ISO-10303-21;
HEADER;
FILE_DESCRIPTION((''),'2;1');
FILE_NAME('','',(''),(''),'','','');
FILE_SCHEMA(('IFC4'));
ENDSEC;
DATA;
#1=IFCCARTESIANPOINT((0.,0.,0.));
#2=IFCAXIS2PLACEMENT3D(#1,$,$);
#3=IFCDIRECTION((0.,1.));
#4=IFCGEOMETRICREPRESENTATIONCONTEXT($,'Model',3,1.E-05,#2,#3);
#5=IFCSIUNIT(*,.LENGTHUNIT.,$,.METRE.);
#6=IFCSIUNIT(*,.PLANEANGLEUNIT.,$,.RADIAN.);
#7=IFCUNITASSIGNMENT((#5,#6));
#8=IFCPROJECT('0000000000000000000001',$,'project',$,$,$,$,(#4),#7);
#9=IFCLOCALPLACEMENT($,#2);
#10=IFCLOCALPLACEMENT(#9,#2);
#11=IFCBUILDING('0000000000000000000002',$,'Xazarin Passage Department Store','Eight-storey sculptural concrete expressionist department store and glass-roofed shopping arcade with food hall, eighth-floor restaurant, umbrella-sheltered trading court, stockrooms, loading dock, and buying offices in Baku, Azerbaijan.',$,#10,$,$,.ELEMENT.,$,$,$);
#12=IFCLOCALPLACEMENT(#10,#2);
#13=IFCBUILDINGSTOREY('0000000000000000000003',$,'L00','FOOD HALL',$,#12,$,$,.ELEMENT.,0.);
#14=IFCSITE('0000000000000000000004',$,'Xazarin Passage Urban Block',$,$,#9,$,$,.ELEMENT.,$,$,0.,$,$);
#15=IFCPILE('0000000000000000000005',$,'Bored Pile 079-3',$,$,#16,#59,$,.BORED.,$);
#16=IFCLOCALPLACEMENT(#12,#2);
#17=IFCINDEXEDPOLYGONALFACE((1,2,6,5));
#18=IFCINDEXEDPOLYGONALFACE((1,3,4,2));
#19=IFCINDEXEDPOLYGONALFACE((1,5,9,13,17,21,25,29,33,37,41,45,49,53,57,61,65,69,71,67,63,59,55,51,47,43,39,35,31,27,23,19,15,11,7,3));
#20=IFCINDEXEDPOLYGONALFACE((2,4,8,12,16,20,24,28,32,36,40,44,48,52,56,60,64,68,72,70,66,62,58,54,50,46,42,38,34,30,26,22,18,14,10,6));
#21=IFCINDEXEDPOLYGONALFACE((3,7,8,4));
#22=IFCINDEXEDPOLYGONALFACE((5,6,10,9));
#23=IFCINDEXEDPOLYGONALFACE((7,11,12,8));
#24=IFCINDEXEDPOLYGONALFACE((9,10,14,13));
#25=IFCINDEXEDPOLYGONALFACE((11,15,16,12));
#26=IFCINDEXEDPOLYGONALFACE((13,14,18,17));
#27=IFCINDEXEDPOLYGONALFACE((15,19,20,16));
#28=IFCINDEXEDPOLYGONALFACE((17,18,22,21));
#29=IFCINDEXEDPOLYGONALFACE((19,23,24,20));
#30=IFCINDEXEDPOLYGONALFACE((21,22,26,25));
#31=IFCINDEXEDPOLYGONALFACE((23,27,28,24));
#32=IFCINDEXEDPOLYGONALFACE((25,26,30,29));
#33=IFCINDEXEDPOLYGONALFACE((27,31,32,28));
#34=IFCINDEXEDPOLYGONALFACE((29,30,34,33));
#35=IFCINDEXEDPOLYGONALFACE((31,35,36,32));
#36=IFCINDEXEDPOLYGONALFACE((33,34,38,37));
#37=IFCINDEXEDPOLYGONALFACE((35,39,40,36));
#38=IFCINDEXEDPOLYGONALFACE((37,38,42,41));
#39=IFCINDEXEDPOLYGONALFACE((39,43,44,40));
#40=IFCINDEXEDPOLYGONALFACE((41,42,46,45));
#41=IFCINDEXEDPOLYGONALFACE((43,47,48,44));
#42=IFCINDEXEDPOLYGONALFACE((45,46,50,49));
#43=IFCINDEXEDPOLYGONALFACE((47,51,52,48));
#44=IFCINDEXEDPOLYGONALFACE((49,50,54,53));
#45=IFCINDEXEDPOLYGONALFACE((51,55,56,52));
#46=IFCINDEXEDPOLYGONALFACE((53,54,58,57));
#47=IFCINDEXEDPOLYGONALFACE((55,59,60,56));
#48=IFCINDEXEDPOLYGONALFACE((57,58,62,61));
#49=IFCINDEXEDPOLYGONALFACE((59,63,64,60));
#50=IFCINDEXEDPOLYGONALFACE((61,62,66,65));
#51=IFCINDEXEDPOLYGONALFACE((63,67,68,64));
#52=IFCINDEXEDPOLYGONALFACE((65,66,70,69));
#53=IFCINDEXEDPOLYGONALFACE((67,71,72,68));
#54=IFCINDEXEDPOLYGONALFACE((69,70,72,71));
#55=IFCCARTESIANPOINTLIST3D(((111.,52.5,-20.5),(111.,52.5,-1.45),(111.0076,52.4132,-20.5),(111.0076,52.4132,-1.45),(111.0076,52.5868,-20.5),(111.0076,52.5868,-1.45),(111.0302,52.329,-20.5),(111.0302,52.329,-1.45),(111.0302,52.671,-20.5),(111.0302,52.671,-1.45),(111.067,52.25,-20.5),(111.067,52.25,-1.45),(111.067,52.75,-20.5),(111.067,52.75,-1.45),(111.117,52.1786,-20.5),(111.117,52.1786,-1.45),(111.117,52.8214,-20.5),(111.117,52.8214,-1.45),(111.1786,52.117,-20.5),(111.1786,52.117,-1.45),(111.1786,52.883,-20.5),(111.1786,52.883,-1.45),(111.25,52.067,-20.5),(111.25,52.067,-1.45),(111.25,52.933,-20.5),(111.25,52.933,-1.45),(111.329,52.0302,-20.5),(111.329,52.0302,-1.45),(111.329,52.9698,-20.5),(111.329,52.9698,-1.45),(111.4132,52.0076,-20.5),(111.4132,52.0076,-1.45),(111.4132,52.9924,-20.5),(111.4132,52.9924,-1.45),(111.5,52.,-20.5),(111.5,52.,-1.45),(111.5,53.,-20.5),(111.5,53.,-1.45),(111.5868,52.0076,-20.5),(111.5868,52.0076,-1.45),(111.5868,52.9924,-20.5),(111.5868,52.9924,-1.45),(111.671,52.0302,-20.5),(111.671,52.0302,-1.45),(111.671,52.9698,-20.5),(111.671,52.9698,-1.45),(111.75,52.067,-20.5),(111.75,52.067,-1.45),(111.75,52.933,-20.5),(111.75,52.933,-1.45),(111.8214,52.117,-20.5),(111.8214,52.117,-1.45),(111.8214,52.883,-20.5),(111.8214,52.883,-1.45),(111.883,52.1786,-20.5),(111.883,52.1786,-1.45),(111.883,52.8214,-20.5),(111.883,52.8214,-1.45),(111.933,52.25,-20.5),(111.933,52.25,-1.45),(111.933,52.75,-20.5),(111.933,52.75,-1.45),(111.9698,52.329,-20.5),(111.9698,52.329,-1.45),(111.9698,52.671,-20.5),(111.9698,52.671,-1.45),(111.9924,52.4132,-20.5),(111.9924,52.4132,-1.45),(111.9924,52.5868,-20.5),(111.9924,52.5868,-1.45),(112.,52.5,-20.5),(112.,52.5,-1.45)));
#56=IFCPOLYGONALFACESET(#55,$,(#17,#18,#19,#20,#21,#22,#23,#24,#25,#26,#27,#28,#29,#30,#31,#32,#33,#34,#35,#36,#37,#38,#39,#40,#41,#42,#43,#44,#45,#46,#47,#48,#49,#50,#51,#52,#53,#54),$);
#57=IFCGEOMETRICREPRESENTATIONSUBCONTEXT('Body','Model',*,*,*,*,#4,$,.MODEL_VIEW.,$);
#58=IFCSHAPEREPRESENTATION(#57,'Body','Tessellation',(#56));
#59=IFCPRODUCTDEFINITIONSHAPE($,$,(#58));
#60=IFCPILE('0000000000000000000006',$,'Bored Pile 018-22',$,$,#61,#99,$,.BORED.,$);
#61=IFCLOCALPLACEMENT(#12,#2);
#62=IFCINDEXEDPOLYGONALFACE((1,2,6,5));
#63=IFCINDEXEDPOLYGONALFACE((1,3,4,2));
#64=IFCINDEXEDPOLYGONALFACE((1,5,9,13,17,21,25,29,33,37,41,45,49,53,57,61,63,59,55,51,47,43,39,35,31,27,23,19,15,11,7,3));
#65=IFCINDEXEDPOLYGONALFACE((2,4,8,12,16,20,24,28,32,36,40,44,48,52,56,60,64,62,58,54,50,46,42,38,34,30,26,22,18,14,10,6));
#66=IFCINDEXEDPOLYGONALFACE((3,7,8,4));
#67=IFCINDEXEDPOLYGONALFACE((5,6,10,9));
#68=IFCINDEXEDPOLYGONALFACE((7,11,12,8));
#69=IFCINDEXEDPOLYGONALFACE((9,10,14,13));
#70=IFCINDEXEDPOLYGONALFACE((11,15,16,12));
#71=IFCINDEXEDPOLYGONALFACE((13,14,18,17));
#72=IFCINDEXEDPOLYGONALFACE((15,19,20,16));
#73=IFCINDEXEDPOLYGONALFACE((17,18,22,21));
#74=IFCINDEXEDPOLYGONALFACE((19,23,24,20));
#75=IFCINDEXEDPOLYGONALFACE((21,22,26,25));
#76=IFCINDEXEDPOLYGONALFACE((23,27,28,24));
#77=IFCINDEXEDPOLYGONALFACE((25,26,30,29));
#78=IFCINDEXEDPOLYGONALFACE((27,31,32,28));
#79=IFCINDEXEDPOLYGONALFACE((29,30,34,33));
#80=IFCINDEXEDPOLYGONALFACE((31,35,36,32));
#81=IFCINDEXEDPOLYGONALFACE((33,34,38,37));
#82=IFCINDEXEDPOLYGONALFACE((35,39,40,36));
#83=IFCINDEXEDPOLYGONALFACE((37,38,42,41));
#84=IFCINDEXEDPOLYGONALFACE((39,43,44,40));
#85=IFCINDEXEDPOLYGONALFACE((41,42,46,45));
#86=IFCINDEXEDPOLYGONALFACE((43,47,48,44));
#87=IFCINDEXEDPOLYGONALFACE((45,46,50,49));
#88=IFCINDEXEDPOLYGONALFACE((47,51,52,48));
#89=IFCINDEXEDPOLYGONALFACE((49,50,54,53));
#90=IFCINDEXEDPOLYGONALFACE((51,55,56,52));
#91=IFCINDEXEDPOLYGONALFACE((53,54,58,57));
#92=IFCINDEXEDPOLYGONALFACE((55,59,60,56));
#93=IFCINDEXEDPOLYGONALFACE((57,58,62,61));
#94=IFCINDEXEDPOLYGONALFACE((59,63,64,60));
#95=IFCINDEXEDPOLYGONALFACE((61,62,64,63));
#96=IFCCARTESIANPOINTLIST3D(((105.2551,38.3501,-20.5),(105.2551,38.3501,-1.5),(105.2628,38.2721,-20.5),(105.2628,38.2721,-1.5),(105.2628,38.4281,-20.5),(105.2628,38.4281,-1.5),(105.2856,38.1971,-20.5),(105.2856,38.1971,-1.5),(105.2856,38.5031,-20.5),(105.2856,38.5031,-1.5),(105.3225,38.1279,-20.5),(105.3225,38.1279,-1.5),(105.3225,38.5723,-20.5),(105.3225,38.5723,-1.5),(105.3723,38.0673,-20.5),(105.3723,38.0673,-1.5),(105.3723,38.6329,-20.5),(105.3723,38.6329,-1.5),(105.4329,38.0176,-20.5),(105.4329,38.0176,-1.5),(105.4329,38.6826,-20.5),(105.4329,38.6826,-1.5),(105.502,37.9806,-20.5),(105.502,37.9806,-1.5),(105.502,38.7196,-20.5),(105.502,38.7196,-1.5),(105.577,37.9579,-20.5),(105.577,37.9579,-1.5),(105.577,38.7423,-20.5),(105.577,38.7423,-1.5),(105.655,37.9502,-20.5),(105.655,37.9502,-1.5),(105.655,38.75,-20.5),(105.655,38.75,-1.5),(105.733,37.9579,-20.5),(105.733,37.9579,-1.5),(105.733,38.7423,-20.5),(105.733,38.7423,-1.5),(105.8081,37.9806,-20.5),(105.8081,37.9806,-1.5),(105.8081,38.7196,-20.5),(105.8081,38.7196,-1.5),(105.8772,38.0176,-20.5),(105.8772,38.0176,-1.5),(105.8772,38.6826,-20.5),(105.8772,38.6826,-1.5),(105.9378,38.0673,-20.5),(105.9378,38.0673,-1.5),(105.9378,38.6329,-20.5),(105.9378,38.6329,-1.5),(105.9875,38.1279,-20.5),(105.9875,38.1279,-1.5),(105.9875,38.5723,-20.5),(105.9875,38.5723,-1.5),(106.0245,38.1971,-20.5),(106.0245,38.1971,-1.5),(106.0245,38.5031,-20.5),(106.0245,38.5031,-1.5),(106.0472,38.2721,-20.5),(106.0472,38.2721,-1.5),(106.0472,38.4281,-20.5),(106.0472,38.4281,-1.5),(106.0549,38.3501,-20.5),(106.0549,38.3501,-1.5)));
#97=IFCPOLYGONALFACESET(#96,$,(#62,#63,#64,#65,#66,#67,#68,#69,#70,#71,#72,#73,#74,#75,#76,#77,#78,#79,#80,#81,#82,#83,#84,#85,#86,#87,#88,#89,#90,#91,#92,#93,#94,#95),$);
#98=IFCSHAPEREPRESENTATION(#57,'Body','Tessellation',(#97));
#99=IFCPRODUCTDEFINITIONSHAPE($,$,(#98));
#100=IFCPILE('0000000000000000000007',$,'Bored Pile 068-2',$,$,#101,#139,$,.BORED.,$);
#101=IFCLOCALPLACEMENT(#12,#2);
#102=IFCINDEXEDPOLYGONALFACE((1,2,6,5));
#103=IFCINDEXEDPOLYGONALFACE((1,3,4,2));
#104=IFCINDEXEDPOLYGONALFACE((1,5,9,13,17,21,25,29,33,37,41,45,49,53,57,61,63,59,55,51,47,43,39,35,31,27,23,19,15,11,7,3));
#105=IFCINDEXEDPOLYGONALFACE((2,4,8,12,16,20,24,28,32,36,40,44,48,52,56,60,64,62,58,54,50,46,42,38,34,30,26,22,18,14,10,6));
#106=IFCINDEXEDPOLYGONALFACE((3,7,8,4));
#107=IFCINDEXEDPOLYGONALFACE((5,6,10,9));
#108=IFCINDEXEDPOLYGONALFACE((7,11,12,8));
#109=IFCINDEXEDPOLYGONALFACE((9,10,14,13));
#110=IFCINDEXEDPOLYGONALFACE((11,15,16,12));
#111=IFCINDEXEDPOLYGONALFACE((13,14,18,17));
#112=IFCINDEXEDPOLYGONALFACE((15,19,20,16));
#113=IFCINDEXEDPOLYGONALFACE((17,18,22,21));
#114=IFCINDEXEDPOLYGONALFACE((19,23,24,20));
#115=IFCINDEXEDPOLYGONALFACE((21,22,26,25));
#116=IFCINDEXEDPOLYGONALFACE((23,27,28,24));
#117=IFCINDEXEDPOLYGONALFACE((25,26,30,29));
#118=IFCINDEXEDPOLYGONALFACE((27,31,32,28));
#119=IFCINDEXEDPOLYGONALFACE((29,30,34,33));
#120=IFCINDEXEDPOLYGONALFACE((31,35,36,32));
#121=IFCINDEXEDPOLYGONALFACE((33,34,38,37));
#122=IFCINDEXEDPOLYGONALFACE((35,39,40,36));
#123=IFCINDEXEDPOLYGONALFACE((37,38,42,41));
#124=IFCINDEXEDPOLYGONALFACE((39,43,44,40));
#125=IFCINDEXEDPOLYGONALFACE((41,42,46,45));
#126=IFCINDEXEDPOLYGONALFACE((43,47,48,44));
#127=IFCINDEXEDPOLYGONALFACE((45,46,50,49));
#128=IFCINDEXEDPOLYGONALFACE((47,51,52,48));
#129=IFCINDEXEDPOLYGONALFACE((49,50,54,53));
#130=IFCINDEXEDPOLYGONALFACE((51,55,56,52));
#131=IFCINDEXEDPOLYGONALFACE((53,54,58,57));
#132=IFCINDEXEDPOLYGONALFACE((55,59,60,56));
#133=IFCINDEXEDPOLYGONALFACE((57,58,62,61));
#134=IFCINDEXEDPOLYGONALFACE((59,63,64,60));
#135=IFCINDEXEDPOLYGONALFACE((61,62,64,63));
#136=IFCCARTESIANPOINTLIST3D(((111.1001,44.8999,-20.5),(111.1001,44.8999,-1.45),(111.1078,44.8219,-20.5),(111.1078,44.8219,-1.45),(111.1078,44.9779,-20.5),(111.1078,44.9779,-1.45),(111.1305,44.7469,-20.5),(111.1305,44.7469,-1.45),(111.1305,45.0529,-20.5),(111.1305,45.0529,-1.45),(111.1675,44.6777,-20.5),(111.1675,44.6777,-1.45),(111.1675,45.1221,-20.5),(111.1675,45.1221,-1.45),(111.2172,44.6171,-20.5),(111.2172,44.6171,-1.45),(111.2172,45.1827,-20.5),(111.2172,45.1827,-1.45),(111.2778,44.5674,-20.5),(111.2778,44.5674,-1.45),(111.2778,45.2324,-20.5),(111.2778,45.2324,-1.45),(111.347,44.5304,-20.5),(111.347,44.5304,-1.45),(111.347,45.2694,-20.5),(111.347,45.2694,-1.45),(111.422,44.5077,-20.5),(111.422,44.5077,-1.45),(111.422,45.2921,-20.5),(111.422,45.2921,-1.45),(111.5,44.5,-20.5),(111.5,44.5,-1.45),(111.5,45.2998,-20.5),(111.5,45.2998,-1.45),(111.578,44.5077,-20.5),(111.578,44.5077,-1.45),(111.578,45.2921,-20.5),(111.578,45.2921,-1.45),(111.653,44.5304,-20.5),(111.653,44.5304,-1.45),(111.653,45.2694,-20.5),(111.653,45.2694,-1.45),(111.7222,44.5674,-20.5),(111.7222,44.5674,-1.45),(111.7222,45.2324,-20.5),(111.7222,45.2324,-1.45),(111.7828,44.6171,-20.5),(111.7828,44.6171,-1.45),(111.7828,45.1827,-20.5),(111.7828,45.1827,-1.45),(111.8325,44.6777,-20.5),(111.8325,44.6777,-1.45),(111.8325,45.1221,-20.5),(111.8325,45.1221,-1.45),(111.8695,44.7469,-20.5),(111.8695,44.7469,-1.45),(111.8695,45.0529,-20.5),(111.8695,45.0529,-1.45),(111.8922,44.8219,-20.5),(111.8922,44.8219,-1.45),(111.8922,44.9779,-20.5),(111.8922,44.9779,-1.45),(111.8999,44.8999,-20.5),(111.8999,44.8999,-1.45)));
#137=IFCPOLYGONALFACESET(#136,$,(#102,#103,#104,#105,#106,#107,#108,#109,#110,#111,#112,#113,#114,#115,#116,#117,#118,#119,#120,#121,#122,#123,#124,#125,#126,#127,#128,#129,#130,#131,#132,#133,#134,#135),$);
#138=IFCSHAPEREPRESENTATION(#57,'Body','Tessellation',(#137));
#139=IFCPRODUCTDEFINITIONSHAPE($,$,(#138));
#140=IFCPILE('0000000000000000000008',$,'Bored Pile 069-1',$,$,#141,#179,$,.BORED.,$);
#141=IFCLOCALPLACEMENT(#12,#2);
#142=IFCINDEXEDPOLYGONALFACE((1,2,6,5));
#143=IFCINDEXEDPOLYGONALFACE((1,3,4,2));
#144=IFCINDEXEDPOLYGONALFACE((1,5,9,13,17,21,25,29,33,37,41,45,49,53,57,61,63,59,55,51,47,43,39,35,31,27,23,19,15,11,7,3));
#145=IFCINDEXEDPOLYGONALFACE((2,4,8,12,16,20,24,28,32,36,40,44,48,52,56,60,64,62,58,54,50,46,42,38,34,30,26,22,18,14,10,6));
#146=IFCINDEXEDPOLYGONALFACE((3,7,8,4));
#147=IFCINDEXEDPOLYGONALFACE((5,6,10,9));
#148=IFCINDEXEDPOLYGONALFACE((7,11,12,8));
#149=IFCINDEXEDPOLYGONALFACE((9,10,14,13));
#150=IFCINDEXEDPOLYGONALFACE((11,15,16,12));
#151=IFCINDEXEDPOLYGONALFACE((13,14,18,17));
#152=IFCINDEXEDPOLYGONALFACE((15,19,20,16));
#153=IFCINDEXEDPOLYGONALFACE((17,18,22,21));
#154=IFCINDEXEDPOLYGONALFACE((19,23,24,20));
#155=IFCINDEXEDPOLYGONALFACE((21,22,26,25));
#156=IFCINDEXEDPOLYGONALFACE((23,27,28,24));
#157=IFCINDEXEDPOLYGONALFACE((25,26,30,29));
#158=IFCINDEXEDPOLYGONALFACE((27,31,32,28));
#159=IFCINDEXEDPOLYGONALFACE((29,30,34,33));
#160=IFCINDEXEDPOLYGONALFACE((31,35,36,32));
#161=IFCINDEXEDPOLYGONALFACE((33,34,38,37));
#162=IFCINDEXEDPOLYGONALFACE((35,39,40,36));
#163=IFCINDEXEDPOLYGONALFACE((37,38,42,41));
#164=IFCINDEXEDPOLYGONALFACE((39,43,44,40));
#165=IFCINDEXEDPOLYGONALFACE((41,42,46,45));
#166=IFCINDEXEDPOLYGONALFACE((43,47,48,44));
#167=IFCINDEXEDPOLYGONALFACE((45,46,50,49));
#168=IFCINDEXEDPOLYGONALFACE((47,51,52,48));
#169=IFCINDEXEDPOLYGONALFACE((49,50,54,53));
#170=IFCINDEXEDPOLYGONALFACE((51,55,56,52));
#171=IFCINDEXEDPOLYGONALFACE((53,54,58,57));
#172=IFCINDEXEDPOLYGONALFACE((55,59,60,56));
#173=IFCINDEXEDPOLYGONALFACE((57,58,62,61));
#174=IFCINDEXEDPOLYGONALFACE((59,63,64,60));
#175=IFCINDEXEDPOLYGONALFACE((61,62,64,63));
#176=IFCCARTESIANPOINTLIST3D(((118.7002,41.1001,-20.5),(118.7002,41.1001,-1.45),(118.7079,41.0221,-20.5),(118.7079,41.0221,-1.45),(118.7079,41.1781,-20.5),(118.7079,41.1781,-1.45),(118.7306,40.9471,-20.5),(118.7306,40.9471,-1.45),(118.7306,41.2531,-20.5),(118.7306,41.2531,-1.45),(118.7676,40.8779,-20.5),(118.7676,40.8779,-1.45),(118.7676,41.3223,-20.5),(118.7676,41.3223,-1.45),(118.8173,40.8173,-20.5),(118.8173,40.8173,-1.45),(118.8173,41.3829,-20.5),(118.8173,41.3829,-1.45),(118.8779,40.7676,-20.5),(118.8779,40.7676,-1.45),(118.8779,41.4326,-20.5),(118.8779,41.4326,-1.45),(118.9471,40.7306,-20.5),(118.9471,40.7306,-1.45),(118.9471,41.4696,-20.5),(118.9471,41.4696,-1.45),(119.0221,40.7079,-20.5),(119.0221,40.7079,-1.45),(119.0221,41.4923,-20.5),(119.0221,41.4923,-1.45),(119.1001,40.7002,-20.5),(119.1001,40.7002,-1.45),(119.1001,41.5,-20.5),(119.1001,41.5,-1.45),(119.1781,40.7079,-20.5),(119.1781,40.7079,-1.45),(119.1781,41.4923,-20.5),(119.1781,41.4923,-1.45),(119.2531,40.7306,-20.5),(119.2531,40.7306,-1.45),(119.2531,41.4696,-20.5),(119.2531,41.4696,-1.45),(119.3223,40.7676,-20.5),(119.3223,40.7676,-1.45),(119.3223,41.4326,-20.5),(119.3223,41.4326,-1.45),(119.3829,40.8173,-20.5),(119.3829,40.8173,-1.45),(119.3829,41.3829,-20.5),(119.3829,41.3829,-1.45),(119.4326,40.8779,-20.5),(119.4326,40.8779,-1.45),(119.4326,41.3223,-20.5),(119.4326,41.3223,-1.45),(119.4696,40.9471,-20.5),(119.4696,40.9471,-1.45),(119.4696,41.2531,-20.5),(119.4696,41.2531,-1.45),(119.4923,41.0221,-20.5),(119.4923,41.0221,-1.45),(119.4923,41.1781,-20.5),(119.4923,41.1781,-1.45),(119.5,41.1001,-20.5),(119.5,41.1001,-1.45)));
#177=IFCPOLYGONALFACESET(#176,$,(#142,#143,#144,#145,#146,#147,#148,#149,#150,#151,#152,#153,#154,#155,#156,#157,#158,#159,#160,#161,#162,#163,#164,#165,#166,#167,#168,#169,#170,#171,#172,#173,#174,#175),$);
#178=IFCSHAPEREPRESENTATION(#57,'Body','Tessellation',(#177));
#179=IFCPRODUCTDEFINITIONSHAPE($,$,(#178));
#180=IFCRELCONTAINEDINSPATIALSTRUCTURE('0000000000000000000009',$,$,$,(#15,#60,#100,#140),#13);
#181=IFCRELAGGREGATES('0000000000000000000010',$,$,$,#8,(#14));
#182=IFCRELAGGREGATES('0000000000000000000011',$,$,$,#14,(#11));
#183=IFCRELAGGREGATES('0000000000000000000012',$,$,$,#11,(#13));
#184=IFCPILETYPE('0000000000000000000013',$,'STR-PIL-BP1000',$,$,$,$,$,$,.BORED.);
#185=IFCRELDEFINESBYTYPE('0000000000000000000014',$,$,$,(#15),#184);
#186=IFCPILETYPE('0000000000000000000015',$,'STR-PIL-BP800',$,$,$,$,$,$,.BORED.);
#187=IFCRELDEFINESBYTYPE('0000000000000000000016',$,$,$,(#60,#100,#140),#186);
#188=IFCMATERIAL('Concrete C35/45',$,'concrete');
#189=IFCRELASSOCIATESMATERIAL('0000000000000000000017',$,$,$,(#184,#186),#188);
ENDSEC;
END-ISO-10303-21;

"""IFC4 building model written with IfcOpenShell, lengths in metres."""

from ifc_helpers import new_model, si_unit, direction, frame, origin, origin_2d, place, context, subcontext, project, spatial, circle, extrude, material, material_profile, profile_set, type_object, element, save


model = new_model("IFC4")

# Units and contexts
model_context = context("Model", 3, precision=1e-05, world=origin(), true_north=direction((0.0, 1.0)))
body_context = subcontext(model_context, "Body", "Model", "MODEL_VIEW")
ifc_project = project(units=[si_unit("LENGTHUNIT", "METRE"), si_unit("PLANEANGLEUNIT", "RADIAN")], contexts=[model_context])

# Site, building, storey
site_placement = place(None, origin())
site = spatial("IfcSite", under=ifc_project, at=site_placement, Name="Xazarin Passage Urban Block", CompositionType="ELEMENT", RefElevation=0.0)
building_placement = place(site_placement, origin())
building = spatial("IfcBuilding", under=site, at=building_placement, Name="Xazarin Passage Department Store", Description="Eight-storey sculptural concrete expressionist department store and glass-roofed shopping arcade with food hall, eighth-floor restaurant, umbrella-sheltered trading court, stockrooms, loading dock, and buying offices in Baku, Azerbaijan.", CompositionType="ELEMENT")
storey_placement = place(building_placement, origin())
storey = spatial("IfcBuildingStorey", under=building, at=storey_placement, Name="L00", Description="FOOD HALL", CompositionType="ELEMENT", Elevation=0.0)

# Shared definitions
ifc_material_1 = material(Name="Concrete C35/45", Category="concrete")

# Piles
ifc_material_profile_1 = material_profile(ifc_material_1, circle(Radius=0.5, at=origin_2d()), Name="BP 1000")
ifc_profile_set_1 = profile_set([ifc_material_profile_1], Name="Concrete C35/45")
pile_type_1 = type_object("IfcPileType", Name="STR-PIL-BP1000", PredefinedType="BORED", material=ifc_profile_set_1)
pile_1_placement = place(storey_placement, frame((111.5, 52.5, -1.45), z_axis=(0.0, 0.0, -1.0), x_axis=(1.0, 0.0, 0.0)))
element("IfcPile", 1, at=pile_1_placement, inside=storey, type_object=pile_type_1, Name="Bored Pile 079-3", PredefinedType="BORED", context=body_context, shape_type="SweptSolid", body=[
    extrude(circle(Radius=0.5, at=origin_2d()), origin(), (0.0, 0.0, 1.0), 19.05),
])
ifc_material_profile_2 = material_profile(ifc_material_1, circle(Radius=0.3999, at=origin_2d()), Name="BP 800")
ifc_profile_set_2 = profile_set([ifc_material_profile_2], Name="Concrete C35/45")
pile_type_2 = type_object("IfcPileType", Name="STR-PIL-BP800", PredefinedType="BORED", material=ifc_profile_set_2)
pile_2_placement = place(storey_placement, frame((105.655, 38.3501, -1.5), z_axis=(0.0, 0.0, -1.0), x_axis=(1.0, 0.0, 0.0)))
element("IfcPile", 2, at=pile_2_placement, inside=storey, type_object=pile_type_2, Name="Bored Pile 018-22", PredefinedType="BORED", context=body_context, shape_type="SweptSolid", body=[
    extrude(circle(Radius=0.3999, at=origin_2d()), origin(), (0.0, 0.0, 1.0), 19.0),
])
for number, where, z_axis, x_axis, name in (
    (3, (111.5, 44.8999, -1.45), (0.0, 0.0, -1.0), (1.0, 0.0, 0.0), "Bored Pile 068-2"),
    (4, (119.1001, 41.1001, -1.45), (0.0, 0.0, -1.0), (1.0, 0.0, 0.0), "Bored Pile 069-1"),
):
    element("IfcPile", number, at=place(storey_placement, frame(where, z_axis=z_axis, x_axis=x_axis)), inside=storey, type_object=pile_type_2, Name=name, PredefinedType="BORED", context=body_context, shape_type="SweptSolid", body=[
        extrude(circle(Radius=0.3999, at=origin_2d()), origin(), (0.0, 0.0, 1.0), 19.05),
    ])

save(model, "model.ifc")
